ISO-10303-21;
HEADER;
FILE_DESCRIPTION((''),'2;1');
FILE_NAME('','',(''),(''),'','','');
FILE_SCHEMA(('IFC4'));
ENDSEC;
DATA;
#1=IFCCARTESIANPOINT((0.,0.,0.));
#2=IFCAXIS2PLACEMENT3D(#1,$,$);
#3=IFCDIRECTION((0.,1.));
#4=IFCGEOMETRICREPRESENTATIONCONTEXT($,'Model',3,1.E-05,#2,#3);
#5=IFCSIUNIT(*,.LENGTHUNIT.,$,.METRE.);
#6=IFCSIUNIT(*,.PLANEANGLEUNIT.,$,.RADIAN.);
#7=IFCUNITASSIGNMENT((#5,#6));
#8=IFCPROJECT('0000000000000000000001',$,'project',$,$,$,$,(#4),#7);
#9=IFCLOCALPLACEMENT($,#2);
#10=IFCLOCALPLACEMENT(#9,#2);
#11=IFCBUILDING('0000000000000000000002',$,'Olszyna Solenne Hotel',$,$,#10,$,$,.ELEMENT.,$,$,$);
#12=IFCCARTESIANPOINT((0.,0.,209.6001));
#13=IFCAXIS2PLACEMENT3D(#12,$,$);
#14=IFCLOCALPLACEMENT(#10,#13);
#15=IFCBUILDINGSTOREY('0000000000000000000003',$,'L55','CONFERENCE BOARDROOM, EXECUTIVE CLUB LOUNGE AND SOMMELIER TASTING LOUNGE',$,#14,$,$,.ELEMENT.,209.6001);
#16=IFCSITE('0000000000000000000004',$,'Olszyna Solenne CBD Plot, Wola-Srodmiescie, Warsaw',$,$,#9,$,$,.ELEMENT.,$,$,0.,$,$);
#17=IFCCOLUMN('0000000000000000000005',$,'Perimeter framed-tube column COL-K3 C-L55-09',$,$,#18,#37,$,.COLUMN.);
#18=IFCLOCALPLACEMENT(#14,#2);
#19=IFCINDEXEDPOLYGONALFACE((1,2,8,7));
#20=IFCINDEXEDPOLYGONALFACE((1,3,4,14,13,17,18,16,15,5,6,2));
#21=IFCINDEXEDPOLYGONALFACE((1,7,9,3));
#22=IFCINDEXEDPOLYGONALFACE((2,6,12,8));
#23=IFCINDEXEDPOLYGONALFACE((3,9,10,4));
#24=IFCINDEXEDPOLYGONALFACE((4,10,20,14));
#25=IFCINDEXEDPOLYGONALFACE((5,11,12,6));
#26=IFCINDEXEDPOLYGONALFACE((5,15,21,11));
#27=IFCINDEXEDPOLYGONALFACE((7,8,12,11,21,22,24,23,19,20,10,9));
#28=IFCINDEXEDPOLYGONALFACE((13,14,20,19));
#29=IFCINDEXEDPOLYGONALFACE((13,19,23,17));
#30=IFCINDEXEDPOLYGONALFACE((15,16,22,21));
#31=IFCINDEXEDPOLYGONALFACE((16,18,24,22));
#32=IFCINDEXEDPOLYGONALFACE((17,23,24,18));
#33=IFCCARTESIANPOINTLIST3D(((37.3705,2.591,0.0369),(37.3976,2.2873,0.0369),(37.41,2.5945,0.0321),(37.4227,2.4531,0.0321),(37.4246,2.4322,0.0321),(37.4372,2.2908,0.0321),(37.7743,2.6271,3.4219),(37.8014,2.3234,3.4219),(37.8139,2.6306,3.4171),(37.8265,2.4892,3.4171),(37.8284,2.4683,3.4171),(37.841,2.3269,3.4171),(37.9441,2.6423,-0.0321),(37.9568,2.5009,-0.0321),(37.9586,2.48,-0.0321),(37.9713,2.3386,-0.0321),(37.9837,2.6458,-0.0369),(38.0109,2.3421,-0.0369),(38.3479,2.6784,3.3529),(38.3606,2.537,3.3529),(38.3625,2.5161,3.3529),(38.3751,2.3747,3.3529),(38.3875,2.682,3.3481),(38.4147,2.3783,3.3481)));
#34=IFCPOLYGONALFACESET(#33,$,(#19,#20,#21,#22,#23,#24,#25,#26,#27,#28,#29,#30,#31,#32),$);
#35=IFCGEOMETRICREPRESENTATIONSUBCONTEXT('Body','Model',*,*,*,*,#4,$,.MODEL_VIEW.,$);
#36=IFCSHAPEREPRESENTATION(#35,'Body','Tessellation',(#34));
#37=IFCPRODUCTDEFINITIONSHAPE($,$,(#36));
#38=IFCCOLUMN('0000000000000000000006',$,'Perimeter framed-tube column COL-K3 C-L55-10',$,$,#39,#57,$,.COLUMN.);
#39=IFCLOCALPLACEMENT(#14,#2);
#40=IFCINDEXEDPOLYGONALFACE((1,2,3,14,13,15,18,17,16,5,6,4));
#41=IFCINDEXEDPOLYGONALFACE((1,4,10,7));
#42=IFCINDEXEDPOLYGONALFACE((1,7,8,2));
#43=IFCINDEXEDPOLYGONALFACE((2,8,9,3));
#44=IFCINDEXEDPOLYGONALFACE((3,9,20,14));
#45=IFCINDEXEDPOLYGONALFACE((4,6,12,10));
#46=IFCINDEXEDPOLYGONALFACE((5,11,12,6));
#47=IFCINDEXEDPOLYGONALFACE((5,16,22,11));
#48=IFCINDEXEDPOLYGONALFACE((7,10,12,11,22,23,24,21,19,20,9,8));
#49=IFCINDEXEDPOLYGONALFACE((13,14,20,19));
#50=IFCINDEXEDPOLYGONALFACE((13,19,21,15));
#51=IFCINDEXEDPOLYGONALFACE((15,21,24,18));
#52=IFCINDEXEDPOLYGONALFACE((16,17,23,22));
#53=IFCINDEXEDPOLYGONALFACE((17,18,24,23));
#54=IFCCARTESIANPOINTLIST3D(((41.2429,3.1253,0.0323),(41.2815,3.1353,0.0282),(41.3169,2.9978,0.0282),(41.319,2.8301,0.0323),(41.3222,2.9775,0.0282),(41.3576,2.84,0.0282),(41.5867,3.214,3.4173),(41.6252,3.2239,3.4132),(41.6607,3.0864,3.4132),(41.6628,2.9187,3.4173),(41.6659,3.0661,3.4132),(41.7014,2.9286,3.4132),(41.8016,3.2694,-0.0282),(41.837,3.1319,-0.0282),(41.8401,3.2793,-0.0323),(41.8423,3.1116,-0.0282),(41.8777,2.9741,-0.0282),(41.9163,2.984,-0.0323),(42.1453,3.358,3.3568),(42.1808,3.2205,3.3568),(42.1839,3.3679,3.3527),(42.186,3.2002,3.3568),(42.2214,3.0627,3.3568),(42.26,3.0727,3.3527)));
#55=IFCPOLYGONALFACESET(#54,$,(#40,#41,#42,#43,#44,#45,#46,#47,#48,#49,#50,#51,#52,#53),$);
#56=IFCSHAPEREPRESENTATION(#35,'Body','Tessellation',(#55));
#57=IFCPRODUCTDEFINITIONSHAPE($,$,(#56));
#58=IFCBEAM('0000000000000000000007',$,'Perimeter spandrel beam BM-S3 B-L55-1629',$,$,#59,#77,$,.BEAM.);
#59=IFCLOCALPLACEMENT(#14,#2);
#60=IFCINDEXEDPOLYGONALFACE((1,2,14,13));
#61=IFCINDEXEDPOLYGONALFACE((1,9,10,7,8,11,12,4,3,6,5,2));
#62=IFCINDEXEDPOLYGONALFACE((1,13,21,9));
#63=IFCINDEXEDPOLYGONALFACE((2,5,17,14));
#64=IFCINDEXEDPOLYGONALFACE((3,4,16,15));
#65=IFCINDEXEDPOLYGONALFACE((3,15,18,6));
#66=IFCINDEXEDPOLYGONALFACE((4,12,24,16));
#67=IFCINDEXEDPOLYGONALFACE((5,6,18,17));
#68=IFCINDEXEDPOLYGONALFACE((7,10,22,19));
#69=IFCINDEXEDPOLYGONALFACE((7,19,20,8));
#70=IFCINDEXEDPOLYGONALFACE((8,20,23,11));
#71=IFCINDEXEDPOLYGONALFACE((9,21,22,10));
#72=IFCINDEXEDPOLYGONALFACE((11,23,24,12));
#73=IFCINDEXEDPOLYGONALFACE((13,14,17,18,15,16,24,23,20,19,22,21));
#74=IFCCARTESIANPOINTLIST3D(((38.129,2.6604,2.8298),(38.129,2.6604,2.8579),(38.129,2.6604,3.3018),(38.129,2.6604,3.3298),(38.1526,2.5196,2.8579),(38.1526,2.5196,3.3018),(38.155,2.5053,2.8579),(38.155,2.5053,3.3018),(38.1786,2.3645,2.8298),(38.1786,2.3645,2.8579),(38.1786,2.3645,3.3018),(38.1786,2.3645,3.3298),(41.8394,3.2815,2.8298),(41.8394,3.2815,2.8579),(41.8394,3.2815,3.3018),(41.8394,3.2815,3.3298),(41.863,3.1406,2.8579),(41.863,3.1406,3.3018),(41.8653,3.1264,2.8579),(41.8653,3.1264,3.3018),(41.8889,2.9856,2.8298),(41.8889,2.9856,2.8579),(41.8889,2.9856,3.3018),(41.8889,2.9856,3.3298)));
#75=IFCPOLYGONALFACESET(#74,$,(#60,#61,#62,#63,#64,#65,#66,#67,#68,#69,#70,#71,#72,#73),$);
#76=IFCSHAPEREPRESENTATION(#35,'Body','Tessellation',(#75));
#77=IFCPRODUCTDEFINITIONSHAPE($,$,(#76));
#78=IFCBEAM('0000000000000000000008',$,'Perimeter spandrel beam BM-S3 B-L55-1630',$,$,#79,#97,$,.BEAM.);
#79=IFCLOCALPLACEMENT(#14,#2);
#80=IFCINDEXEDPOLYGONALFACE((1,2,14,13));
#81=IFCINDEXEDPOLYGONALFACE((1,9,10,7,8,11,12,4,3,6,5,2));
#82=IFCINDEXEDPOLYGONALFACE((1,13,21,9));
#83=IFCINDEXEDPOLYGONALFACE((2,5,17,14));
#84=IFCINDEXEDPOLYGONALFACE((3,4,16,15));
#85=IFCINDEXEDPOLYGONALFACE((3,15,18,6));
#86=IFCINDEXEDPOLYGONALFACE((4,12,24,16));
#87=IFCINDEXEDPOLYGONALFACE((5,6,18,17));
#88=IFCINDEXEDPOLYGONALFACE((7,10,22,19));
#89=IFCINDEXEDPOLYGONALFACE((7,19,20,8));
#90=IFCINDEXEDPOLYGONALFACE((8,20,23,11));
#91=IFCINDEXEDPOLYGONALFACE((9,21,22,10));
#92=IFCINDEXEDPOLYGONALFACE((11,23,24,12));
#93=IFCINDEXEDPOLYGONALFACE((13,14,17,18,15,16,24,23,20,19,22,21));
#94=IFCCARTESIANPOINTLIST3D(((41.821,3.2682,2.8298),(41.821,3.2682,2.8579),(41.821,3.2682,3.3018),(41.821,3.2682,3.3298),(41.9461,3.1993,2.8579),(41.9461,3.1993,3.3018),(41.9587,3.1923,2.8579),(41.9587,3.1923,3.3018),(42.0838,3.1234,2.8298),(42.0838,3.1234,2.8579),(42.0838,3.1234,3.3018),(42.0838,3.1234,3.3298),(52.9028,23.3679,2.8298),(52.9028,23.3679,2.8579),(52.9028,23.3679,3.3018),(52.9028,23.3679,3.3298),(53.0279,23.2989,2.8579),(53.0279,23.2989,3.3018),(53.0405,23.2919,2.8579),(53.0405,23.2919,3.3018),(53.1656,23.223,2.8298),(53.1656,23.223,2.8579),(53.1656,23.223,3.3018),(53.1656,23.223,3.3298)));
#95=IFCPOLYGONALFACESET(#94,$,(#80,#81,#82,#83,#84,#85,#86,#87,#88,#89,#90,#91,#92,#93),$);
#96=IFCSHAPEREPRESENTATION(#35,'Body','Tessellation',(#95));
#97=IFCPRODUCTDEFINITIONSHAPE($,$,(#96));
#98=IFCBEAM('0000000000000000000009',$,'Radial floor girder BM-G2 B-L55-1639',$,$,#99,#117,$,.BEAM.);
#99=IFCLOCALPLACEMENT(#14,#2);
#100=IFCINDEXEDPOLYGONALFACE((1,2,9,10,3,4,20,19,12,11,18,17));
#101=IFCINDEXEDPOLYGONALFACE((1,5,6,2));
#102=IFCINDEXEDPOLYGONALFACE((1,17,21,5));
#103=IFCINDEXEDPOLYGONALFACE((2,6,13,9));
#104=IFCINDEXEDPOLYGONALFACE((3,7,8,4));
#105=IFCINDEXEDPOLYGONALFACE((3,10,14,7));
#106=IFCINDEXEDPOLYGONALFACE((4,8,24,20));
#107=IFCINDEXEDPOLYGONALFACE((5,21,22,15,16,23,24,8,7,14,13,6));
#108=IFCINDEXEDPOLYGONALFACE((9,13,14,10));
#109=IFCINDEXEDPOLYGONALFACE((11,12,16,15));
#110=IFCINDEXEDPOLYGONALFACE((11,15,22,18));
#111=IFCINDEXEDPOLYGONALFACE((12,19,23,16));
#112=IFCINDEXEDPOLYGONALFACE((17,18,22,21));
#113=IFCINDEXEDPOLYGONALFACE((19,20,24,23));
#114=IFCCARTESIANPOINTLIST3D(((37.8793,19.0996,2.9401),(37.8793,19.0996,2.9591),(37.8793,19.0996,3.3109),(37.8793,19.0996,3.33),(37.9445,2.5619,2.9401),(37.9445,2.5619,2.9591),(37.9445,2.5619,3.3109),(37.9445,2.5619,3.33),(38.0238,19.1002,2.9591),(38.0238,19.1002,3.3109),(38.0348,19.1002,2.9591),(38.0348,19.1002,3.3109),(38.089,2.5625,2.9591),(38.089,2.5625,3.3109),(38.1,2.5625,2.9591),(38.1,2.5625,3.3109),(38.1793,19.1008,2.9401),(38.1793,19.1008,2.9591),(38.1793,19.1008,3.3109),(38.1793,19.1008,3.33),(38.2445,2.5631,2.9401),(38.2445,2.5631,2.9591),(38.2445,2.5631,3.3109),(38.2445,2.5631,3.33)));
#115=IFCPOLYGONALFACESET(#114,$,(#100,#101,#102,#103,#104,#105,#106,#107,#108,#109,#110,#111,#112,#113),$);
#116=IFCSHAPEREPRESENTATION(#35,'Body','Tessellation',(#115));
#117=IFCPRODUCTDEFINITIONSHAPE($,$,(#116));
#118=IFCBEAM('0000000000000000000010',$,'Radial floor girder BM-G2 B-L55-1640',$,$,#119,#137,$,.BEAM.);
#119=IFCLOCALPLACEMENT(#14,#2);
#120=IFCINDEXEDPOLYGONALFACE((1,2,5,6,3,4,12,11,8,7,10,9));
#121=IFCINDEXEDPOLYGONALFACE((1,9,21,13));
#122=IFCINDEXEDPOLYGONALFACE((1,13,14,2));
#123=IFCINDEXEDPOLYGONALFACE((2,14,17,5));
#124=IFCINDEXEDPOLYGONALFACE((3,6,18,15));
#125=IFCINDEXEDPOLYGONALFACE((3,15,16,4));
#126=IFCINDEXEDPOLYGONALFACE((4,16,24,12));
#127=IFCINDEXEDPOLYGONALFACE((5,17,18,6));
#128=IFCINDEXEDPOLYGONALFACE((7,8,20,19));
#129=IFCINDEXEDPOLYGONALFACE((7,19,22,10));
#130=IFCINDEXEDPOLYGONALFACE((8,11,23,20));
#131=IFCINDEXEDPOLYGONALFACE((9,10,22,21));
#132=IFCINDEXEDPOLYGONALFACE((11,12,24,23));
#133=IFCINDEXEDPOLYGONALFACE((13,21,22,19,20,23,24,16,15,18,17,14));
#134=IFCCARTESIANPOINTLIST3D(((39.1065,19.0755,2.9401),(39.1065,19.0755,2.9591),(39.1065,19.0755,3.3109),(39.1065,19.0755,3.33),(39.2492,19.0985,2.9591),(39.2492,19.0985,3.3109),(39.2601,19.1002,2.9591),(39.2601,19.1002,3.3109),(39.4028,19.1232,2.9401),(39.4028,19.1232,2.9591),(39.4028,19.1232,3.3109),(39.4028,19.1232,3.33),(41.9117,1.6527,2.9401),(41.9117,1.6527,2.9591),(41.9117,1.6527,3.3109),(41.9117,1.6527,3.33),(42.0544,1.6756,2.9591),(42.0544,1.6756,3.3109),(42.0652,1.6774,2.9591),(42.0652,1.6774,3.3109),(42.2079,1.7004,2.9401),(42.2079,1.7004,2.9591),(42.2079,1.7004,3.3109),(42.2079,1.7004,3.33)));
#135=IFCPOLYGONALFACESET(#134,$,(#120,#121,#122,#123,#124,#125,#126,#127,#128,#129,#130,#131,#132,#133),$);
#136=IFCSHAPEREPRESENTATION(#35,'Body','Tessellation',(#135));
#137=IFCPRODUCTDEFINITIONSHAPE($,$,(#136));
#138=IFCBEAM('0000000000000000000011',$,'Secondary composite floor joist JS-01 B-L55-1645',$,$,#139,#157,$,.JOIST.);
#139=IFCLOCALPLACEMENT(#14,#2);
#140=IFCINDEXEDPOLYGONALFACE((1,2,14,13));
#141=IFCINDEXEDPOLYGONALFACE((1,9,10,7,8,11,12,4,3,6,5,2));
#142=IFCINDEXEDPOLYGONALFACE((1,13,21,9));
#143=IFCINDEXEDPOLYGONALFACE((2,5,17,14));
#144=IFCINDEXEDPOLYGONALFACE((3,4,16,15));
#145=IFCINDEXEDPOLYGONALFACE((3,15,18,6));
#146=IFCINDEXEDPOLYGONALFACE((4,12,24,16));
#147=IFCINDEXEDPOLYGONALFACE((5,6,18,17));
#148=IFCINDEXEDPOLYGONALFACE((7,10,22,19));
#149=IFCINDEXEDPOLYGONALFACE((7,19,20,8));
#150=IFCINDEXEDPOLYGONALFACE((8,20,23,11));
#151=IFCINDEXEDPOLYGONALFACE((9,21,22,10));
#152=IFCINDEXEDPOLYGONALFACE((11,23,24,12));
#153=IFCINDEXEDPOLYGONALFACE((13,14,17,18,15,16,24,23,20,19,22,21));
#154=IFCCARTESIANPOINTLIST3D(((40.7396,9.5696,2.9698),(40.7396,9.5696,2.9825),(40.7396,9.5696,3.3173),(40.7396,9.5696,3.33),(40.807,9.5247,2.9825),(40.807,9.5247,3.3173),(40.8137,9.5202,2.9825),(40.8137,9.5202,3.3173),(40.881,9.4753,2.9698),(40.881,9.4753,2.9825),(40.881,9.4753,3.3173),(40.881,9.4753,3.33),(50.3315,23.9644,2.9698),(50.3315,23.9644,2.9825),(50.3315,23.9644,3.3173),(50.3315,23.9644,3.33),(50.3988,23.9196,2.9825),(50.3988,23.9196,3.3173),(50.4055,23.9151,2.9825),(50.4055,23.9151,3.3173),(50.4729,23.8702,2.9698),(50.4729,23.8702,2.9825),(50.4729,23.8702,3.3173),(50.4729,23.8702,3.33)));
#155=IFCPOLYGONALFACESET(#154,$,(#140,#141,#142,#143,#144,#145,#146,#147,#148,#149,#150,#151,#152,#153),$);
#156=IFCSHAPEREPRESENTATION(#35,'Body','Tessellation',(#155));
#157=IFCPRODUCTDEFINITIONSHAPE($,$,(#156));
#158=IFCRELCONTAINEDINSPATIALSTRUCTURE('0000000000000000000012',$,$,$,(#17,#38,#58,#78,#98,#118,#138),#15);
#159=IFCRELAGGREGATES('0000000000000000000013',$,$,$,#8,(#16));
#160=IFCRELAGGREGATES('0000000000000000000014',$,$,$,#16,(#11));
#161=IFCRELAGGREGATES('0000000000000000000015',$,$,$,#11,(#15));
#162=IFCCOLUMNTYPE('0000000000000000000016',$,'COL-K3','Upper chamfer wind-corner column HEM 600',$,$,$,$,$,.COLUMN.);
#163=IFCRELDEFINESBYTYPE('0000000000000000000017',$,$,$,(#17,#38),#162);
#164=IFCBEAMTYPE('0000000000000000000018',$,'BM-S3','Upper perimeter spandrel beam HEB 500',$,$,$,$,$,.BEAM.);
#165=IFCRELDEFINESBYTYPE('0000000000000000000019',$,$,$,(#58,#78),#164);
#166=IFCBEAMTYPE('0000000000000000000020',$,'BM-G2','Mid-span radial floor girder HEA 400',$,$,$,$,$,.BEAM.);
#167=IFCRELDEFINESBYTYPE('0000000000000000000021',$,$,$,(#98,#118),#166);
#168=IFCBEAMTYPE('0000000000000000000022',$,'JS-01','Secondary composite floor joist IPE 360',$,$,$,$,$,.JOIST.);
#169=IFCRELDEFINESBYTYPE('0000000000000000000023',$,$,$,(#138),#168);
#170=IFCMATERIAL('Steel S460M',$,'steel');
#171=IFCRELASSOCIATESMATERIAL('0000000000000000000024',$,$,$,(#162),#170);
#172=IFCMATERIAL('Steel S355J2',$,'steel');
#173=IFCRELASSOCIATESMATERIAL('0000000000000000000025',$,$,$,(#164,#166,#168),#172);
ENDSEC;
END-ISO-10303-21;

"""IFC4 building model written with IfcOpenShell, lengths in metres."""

from ifc_helpers import new_model, si_unit, direction, frame, origin, origin_2d, place, context, subcontext, project, spatial, i_section, extrude, source, transform, mapped, material, material_profile, profile_set, type_object, element, save


model = new_model("IFC4")

# Units and contexts
model_context = context("Model", 3, precision=1e-05, world=origin(), true_north=direction((0.0, 1.0)))
body_context = subcontext(model_context, "Body", "Model", "MODEL_VIEW")
ifc_project = project(units=[si_unit("LENGTHUNIT", "METRE"), si_unit("PLANEANGLEUNIT", "RADIAN")], contexts=[model_context])

# Site, building, storey
site_placement = place(None, origin())
site = spatial("IfcSite", under=ifc_project, at=site_placement, Name="Olszyna Solenne CBD Plot, Wola-Srodmiescie, Warsaw", CompositionType="ELEMENT", RefElevation=0.0)
building_placement = place(site_placement, origin())
building = spatial("IfcBuilding", under=site, at=building_placement, Name="Olszyna Solenne Hotel", CompositionType="ELEMENT")
storey_placement = place(building_placement, frame((0.0, 0.0, 209.6001)))
storey = spatial("IfcBuildingStorey", under=building, at=storey_placement, Name="L55", Description="CONFERENCE BOARDROOM, EXECUTIVE CLUB LOUNGE AND SOMMELIER TASTING LOUNGE", CompositionType="ELEMENT", Elevation=209.6001)

# Columns
ifc_material_1 = material(Name="Steel S460M", Category="steel")
ifc_material_profile_1 = material_profile(ifc_material_1, i_section(OverallWidth=0.3049, OverallDepth=0.6201, WebThickness=0.021, FlangeThickness=0.04, at=origin_2d()), Name="HEM 600", Category="load-bearing")
ifc_profile_set_1 = profile_set([ifc_material_profile_1], Name="Steel S460M")
column_type = type_object("IfcColumnType", Name="COL-K3", Description="Upper chamfer wind-corner column HEM 600", PredefinedType="COLUMN", material=ifc_profile_set_1)
shared_shape_1 = source(origin(), body_context, "Body", "SweptSolid", [
    extrude(i_section(OverallWidth=0.3049, OverallDepth=0.6201, WebThickness=0.021, FlangeThickness=0.04, at=origin_2d()), origin(), (0.0, 0.0, 1.0), 3.4092),
])
column_1_placement = place(storey_placement, frame((37.6907, 2.4666, 0.0), z_axis=(0.118447, 0.010599, 0.992904), x_axis=(-0.089124, 0.996021, 0.0)))
element("IfcColumn", 1, at=column_1_placement, inside=storey, type_object=column_type, Name="Perimeter framed-tube column COL-K3 C-L55-09", PredefinedType="COLUMN", context=body_context, shape_type="MappedRepresentation", body=[
    mapped(shared_shape_1, transform((0.0, 0.0, 0.0), x_axis=(1.0, 0.0, 0.0), y_axis=(0.0, 1.0, 0.0), z_axis=(0.0, 0.0, 1.0), scale=1.0)),
])
shared_shape_2 = source(origin(), body_context, "Body", "SweptSolid", [
    extrude(i_section(OverallWidth=0.3049, OverallDepth=0.6201, WebThickness=0.021, FlangeThickness=0.04, at=origin_2d()), origin(), (0.0, 0.0, 1.0), 3.4036),
])
column_2_placement = place(storey_placement, frame((41.5796, 3.0547, 0.0), z_axis=(0.100997, 0.026038, 0.994546), x_axis=(-0.249649, 0.968336, 0.0)))
element("IfcColumn", 2, at=column_2_placement, inside=storey, type_object=column_type, Name="Perimeter framed-tube column COL-K3 C-L55-10", PredefinedType="COLUMN", context=body_context, shape_type="MappedRepresentation", body=[
    mapped(shared_shape_2, transform((0.0, 0.0, 0.0), x_axis=(1.0, 0.0, 0.0), y_axis=(0.0, 1.0, 0.0), z_axis=(0.0, 0.0, 1.0), scale=1.0)),
])

# Beams
ifc_material_2 = material(Name="Steel S355J2", Category="steel")
ifc_material_profile_2 = material_profile(ifc_material_2, i_section(OverallWidth=0.3, OverallDepth=0.5, WebThickness=0.0144, FlangeThickness=0.0281, at=origin_2d()), Name="HEB 500", Category="load-bearing")
ifc_profile_set_2 = profile_set([ifc_material_profile_2], Name="Steel S355J2")
beam_type_1 = type_object("IfcBeamType", Name="BM-S3", Description="Upper perimeter spandrel beam HEB 500", PredefinedType="BEAM", material=ifc_profile_set_2)
shared_shape_3 = source(origin(), body_context, "Body", "SweptSolid", [
    extrude(i_section(OverallWidth=0.3, OverallDepth=0.5, WebThickness=0.0144, FlangeThickness=0.0281, at=origin_2d()), origin(), (0.0, 0.0, 1.0), 3.762),
])
beam_1_placement = place(storey_placement, frame((38.1538, 2.5125, 3.0798), z_axis=(0.986278, 0.165094, 0.0), x_axis=(-0.165094, 0.986278, 0.0)))
element("IfcBeam", 3, at=beam_1_placement, inside=storey, type_object=beam_type_1, Name="Perimeter spandrel beam BM-S3 B-L55-1629", PredefinedType="BEAM", context=body_context, shape_type="MappedRepresentation", body=[
    mapped(shared_shape_3, transform((0.0, 0.0, 0.0), x_axis=(1.0, 0.0, 0.0), y_axis=(0.0, 1.0, 0.0), z_axis=(0.0, 0.0, 1.0), scale=1.0)),
])
shared_shape_4 = source(origin(), body_context, "Body", "SweptSolid", [
    extrude(i_section(OverallWidth=0.3, OverallDepth=0.5, WebThickness=0.0144, FlangeThickness=0.0281, at=origin_2d()), origin(), (0.0, 0.0, 1.0), 22.9521),
])
beam_2_placement = place(storey_placement, frame((41.9524, 3.1958, 3.0798), z_axis=(0.482822, 0.875719, 0.0), x_axis=(-0.875719, 0.482822, 0.0)))
element("IfcBeam", 4, at=beam_2_placement, inside=storey, type_object=beam_type_1, Name="Perimeter spandrel beam BM-S3 B-L55-1630", PredefinedType="BEAM", context=body_context, shape_type="MappedRepresentation", body=[
    mapped(shared_shape_4, transform((0.0, 0.0, 0.0), x_axis=(1.0, 0.0, 0.0), y_axis=(0.0, 1.0, 0.0), z_axis=(0.0, 0.0, 1.0), scale=1.0)),
])
ifc_material_profile_3 = material_profile(ifc_material_2, i_section(OverallWidth=0.3, OverallDepth=0.3899, WebThickness=0.011, FlangeThickness=0.019, at=origin_2d()), Name="HEA 400", Category="load-bearing")
ifc_profile_set_3 = profile_set([ifc_material_profile_3], Name="Steel S355J2")
beam_type_2 = type_object("IfcBeamType", Name="BM-G2", Description="Mid-span radial floor girder HEA 400", PredefinedType="BEAM", material=ifc_profile_set_3)
shared_shape_5 = source(origin(), body_context, "Body", "SweptSolid", [
    extrude(i_section(OverallWidth=0.3, OverallDepth=0.3899, WebThickness=0.011, FlangeThickness=0.019, at=origin_2d()), origin(), (0.0, 0.0, 1.0), 16.5378),
])
beam_3_placement = place(storey_placement, frame((38.0945, 2.5625, 3.135), z_axis=(-0.003942, 0.999992, 0.0), x_axis=(-0.999992, -0.003942, 0.0)))
element("IfcBeam", 5, at=beam_3_placement, inside=storey, type_object=beam_type_2, Name="Radial floor girder BM-G2 B-L55-1639", PredefinedType="BEAM", context=body_context, shape_type="MappedRepresentation", body=[
    mapped(shared_shape_5, transform((0.0, 0.0, 0.0), x_axis=(1.0, 0.0, 0.0), y_axis=(0.0, 1.0, 0.0), z_axis=(0.0, 0.0, 1.0), scale=1.0)),
])
shared_shape_6 = source(origin(), body_context, "Body", "SweptSolid", [
    extrude(i_section(OverallWidth=0.3, OverallDepth=0.3899, WebThickness=0.011, FlangeThickness=0.019, at=origin_2d()), origin(), (0.0, 0.0, 1.0), 17.6472),
])
beam_4_placement = place(storey_placement, frame((42.0598, 1.6765, 3.135), z_axis=(-0.158958, 0.987285, 0.0), x_axis=(-0.987285, -0.158958, 0.0)))
element("IfcBeam", 6, at=beam_4_placement, inside=storey, type_object=beam_type_2, Name="Radial floor girder BM-G2 B-L55-1640", PredefinedType="BEAM", context=body_context, shape_type="MappedRepresentation", body=[
    mapped(shared_shape_6, transform((0.0, 0.0, 0.0), x_axis=(1.0, 0.0, 0.0), y_axis=(0.0, 1.0, 0.0), z_axis=(0.0, 0.0, 1.0), scale=1.0)),
])
ifc_material_profile_4 = material_profile(ifc_material_2, i_section(OverallWidth=0.1699, OverallDepth=0.3601, WebThickness=0.0081, FlangeThickness=0.0127, at=origin_2d()), Name="IPE 360", Category="load-bearing")
ifc_profile_set_4 = profile_set([ifc_material_profile_4], Name="Steel S355J2")
beam_type_3 = type_object("IfcBeamType", Name="JS-01", Description="Secondary composite floor joist IPE 360", PredefinedType="JOIST", material=ifc_profile_set_4)
shared_shape_7 = source(origin(), body_context, "Body", "SweptSolid", [
    extrude(i_section(OverallWidth=0.1699, OverallDepth=0.3601, WebThickness=0.0081, FlangeThickness=0.0127, at=origin_2d()), origin(), (0.0, 0.0, 1.0), 17.2979),
])
beam_5_placement = place(storey_placement, frame((40.8103, 9.5225, 3.1499), z_axis=(0.554511, 0.832176, 0.0), x_axis=(-0.832176, 0.554511, 0.0)))
element("IfcBeam", 7, at=beam_5_placement, inside=storey, type_object=beam_type_3, Name="Secondary composite floor joist JS-01 B-L55-1645", PredefinedType="JOIST", context=body_context, shape_type="MappedRepresentation", body=[
    mapped(shared_shape_7, transform((0.0, 0.0, 0.0), x_axis=(1.0, 0.0, 0.0), y_axis=(0.0, 1.0, 0.0), z_axis=(0.0, 0.0, 1.0), scale=1.0)),
])

save(model, "model.ifc")
